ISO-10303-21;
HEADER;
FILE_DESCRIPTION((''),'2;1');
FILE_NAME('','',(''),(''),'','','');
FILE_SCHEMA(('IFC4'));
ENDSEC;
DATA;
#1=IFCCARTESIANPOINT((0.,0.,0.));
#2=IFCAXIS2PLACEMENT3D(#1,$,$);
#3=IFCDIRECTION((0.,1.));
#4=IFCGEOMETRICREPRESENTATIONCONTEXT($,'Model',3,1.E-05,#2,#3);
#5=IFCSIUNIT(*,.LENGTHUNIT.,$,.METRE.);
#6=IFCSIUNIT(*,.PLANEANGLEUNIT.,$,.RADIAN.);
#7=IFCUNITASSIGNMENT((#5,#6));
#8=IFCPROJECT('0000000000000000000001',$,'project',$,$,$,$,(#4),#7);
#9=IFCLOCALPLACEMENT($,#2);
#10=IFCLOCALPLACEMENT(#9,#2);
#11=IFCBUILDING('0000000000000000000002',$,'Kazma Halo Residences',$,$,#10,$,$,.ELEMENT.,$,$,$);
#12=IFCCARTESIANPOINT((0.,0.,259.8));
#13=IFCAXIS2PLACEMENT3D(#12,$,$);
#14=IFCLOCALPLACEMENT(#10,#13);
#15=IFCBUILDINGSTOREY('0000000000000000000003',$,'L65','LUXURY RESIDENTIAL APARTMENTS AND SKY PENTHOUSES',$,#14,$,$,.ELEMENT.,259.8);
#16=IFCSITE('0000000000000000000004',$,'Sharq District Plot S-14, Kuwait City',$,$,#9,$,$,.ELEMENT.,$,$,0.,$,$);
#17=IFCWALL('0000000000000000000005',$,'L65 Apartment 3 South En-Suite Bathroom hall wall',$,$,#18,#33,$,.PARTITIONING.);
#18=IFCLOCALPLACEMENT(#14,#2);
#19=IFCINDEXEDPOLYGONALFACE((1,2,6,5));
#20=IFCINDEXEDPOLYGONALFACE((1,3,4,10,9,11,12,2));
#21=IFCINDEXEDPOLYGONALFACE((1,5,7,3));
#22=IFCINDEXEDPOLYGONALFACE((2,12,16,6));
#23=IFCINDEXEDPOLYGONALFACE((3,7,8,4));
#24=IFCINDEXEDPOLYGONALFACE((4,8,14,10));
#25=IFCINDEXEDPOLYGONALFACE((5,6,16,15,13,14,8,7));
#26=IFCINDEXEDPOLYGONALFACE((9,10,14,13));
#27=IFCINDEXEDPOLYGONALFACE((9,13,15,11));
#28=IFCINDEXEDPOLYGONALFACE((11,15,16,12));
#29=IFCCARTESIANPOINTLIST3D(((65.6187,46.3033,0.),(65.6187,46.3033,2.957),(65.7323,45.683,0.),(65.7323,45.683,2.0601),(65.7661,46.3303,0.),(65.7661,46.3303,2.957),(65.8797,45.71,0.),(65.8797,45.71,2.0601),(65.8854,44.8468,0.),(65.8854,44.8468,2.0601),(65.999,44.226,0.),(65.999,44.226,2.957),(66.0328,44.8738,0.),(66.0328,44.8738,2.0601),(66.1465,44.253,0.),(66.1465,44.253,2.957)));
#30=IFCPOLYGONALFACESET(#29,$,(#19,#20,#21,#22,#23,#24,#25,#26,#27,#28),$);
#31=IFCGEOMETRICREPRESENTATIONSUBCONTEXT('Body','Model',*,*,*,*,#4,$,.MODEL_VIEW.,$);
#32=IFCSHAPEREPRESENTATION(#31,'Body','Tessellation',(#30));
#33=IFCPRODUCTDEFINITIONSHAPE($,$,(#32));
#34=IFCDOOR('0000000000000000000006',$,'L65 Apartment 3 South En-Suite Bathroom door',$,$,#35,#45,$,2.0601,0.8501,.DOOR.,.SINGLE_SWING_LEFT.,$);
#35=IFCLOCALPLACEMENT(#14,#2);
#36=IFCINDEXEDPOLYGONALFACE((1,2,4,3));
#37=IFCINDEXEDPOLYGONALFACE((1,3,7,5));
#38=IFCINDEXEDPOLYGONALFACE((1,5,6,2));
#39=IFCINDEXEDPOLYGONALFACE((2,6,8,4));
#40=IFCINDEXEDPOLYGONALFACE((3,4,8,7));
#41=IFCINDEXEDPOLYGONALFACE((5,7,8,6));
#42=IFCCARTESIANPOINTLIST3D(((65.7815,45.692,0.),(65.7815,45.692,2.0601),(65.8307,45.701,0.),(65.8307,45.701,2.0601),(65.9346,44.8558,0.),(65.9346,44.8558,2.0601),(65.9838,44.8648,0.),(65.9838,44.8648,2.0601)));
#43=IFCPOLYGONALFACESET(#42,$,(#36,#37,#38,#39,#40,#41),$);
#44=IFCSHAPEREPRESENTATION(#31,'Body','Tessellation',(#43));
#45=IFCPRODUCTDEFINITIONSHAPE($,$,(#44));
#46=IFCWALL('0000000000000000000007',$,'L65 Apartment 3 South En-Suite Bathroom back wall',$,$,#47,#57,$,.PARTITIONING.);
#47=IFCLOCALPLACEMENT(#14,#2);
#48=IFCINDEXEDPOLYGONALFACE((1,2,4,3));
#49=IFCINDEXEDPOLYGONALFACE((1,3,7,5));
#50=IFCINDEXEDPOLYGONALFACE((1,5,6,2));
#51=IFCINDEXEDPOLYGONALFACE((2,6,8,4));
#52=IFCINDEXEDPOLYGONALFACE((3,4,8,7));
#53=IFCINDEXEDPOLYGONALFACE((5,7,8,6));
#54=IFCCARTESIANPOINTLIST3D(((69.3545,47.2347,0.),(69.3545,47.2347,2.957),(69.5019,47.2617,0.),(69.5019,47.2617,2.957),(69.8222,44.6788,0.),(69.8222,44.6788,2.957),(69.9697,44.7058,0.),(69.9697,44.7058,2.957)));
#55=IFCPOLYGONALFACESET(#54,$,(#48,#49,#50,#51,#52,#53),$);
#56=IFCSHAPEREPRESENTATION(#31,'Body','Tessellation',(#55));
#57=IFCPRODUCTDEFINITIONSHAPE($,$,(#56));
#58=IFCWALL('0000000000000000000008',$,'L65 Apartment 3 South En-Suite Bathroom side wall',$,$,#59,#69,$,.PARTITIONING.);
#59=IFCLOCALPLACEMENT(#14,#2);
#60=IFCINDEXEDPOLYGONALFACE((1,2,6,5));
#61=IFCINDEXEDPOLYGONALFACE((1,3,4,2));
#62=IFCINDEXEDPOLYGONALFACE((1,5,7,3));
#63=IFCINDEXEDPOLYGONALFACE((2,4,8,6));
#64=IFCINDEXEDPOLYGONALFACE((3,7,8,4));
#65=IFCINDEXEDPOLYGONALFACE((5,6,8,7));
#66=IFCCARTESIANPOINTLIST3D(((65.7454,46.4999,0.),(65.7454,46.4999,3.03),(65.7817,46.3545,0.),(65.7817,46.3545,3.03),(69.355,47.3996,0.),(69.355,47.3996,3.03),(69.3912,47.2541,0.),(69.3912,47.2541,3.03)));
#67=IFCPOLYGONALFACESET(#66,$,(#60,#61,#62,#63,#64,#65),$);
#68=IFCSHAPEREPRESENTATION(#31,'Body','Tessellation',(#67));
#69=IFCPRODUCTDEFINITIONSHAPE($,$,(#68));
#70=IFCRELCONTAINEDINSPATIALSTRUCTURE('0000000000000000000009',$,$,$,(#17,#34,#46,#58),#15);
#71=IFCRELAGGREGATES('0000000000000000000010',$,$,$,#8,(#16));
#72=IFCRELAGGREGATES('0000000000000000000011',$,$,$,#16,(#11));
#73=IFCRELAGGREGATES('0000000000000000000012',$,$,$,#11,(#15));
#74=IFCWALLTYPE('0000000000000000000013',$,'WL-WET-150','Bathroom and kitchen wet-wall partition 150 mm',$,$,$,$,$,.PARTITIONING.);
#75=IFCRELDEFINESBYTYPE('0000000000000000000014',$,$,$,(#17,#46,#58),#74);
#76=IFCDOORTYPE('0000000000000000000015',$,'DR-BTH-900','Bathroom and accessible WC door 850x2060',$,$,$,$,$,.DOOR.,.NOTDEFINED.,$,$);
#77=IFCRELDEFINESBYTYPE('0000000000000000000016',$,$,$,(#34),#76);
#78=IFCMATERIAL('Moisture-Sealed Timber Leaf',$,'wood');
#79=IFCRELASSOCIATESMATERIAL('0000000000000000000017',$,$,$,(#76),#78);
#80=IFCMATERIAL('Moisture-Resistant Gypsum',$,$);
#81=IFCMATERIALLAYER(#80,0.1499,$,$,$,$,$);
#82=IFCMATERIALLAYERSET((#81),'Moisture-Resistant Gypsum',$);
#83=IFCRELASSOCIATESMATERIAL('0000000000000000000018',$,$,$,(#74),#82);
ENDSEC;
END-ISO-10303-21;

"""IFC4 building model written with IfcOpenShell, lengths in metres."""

from ifc_helpers import new_model, si_unit, direction, frame, frame_2d, origin, place, context, subcontext, project, spatial, rectangle, extrude, material, layer, layer_set, type_object, element, fill, save


model = new_model("IFC4")

# Units and contexts
model_context = context("Model", 3, precision=1e-05, world=origin(), true_north=direction((0.0, 1.0)))
body_context = subcontext(model_context, "Body", "Model", "MODEL_VIEW")
ifc_project = project(units=[si_unit("LENGTHUNIT", "METRE"), si_unit("PLANEANGLEUNIT", "RADIAN")], contexts=[model_context])

# Site, building, storey
site_placement = place(None, origin())
site = spatial("IfcSite", under=ifc_project, at=site_placement, Name="Sharq District Plot S-14, Kuwait City", CompositionType="ELEMENT", RefElevation=0.0)
building_placement = place(site_placement, origin())
building = spatial("IfcBuilding", under=site, at=building_placement, Name="Kazma Halo Residences", CompositionType="ELEMENT")
storey_placement = place(building_placement, frame((0.0, 0.0, 259.8)))
storey = spatial("IfcBuildingStorey", under=building, at=storey_placement, Name="L65", Description="LUXURY RESIDENTIAL APARTMENTS AND SKY PENTHOUSES", CompositionType="ELEMENT", Elevation=259.8)

# Shared definitions
ifc_material_1 = material(Name="Moisture-Sealed Timber Leaf", Category="wood")
door_type = type_object("IfcDoorType", Name="DR-BTH-900", Description="Bathroom and accessible WC door 850x2060", OperationType="NOTDEFINED", PredefinedType="DOOR", material=ifc_material_1)

# Wall, opening, door
ifc_material_2 = material(Name="Moisture-Resistant Gypsum")
ifc_layer_1 = layer(ifc_material_2, 0.1499)
ifc_layer_set_1 = layer_set([ifc_layer_1], Name="Moisture-Resistant Gypsum")
wall_type_1 = type_object("IfcWallType", Name="WL-WET-150", Description="Bathroom and kitchen wet-wall partition 150 mm", PredefinedType="PARTITIONING", material=ifc_layer_set_1)
wall_1_placement = place(storey_placement, frame((66.0728, 44.2395, 0.0), z_axis=(0.0, 0.0, 1.0), x_axis=(-0.180106, 0.983647, 0.0)))
wall_1 = element("IfcWall", 1, at=wall_1_placement, inside=storey, type_object=wall_type_1, Name="L65 Apartment 3 South En-Suite Bathroom hall wall", PredefinedType="PARTITIONING", context=body_context, shape_type="SweptSolid", body=[
    extrude(rectangle(XDim=2.1118, YDim=0.1499, at=frame_2d((1.0559, 0.0))), origin(), (0.0, 0.0, 1.0), 2.957),
])
opening_1_placement = place(wall_1_placement, frame((0.6311, 0.0, 0.0)))
opening_1 = element("IfcOpeningElement", 2, at=opening_1_placement, cuts=wall_1, PredefinedType="OPENING", context=body_context, shape_type="SweptSolid", body=[
    extrude(rectangle(XDim=0.8501, YDim=2.0601, at=frame_2d((0.425, 1.03))), frame((0.0, 0.085, 0.0), z_axis=(0.0, -1.0, 0.0), x_axis=(1.0, 0.0, 0.0)), (0.0, 0.0, 1.0), 0.1699),
])
door_1_placement = place(opening_1_placement, origin())
door_1 = element("IfcDoor", 3, at=door_1_placement, inside=storey, type_object=door_type, Name="L65 Apartment 3 South En-Suite Bathroom door", OperationType="SINGLE_SWING_LEFT", OverallHeight=2.0601, OverallWidth=0.8501, PredefinedType="DOOR", context=body_context, shape_type="SweptSolid", body=[
    extrude(rectangle(XDim=0.8501, YDim=2.0601, at=frame_2d((0.425, 1.03))), frame((0.0, 0.0249, 0.0), z_axis=(0.0, -1.0, 0.0), x_axis=(1.0, 0.0, 0.0)), (0.0, 0.0, 1.0), 0.05),
])
fill(opening_1, door_1)

# Walls
wall_2_placement = place(storey_placement, frame((69.896, 44.6921, 0.0), z_axis=(0.0, 0.0, 1.0), x_axis=(-0.180026, 0.983662, 0.0)))
element("IfcWall", 4, at=wall_2_placement, inside=storey, type_object=wall_type_1, Name="L65 Apartment 3 South En-Suite Bathroom back wall", PredefinedType="PARTITIONING", context=body_context, shape_type="SweptSolid", body=[
    extrude(rectangle(XDim=2.5984, YDim=0.1499, at=frame_2d((1.2993, 0.0))), origin(), (0.0, 0.0, 1.0), 2.957),
])
wall_3_placement = place(storey_placement, frame((65.7637, 46.4272, 0.0), z_axis=(0.0, 0.0, 1.0), x_axis=(0.970316, 0.241841, 0.0)))
element("IfcWall", 5, at=wall_3_placement, inside=storey, type_object=wall_type_1, Name="L65 Apartment 3 South En-Suite Bathroom side wall", PredefinedType="PARTITIONING", context=body_context, shape_type="SweptSolid", body=[
    extrude(rectangle(XDim=3.72, YDim=0.1499, at=frame_2d((1.8599, 0.0))), origin(), (0.0, 0.0, 1.0), 3.03),
])

save(model, "model.ifc")
